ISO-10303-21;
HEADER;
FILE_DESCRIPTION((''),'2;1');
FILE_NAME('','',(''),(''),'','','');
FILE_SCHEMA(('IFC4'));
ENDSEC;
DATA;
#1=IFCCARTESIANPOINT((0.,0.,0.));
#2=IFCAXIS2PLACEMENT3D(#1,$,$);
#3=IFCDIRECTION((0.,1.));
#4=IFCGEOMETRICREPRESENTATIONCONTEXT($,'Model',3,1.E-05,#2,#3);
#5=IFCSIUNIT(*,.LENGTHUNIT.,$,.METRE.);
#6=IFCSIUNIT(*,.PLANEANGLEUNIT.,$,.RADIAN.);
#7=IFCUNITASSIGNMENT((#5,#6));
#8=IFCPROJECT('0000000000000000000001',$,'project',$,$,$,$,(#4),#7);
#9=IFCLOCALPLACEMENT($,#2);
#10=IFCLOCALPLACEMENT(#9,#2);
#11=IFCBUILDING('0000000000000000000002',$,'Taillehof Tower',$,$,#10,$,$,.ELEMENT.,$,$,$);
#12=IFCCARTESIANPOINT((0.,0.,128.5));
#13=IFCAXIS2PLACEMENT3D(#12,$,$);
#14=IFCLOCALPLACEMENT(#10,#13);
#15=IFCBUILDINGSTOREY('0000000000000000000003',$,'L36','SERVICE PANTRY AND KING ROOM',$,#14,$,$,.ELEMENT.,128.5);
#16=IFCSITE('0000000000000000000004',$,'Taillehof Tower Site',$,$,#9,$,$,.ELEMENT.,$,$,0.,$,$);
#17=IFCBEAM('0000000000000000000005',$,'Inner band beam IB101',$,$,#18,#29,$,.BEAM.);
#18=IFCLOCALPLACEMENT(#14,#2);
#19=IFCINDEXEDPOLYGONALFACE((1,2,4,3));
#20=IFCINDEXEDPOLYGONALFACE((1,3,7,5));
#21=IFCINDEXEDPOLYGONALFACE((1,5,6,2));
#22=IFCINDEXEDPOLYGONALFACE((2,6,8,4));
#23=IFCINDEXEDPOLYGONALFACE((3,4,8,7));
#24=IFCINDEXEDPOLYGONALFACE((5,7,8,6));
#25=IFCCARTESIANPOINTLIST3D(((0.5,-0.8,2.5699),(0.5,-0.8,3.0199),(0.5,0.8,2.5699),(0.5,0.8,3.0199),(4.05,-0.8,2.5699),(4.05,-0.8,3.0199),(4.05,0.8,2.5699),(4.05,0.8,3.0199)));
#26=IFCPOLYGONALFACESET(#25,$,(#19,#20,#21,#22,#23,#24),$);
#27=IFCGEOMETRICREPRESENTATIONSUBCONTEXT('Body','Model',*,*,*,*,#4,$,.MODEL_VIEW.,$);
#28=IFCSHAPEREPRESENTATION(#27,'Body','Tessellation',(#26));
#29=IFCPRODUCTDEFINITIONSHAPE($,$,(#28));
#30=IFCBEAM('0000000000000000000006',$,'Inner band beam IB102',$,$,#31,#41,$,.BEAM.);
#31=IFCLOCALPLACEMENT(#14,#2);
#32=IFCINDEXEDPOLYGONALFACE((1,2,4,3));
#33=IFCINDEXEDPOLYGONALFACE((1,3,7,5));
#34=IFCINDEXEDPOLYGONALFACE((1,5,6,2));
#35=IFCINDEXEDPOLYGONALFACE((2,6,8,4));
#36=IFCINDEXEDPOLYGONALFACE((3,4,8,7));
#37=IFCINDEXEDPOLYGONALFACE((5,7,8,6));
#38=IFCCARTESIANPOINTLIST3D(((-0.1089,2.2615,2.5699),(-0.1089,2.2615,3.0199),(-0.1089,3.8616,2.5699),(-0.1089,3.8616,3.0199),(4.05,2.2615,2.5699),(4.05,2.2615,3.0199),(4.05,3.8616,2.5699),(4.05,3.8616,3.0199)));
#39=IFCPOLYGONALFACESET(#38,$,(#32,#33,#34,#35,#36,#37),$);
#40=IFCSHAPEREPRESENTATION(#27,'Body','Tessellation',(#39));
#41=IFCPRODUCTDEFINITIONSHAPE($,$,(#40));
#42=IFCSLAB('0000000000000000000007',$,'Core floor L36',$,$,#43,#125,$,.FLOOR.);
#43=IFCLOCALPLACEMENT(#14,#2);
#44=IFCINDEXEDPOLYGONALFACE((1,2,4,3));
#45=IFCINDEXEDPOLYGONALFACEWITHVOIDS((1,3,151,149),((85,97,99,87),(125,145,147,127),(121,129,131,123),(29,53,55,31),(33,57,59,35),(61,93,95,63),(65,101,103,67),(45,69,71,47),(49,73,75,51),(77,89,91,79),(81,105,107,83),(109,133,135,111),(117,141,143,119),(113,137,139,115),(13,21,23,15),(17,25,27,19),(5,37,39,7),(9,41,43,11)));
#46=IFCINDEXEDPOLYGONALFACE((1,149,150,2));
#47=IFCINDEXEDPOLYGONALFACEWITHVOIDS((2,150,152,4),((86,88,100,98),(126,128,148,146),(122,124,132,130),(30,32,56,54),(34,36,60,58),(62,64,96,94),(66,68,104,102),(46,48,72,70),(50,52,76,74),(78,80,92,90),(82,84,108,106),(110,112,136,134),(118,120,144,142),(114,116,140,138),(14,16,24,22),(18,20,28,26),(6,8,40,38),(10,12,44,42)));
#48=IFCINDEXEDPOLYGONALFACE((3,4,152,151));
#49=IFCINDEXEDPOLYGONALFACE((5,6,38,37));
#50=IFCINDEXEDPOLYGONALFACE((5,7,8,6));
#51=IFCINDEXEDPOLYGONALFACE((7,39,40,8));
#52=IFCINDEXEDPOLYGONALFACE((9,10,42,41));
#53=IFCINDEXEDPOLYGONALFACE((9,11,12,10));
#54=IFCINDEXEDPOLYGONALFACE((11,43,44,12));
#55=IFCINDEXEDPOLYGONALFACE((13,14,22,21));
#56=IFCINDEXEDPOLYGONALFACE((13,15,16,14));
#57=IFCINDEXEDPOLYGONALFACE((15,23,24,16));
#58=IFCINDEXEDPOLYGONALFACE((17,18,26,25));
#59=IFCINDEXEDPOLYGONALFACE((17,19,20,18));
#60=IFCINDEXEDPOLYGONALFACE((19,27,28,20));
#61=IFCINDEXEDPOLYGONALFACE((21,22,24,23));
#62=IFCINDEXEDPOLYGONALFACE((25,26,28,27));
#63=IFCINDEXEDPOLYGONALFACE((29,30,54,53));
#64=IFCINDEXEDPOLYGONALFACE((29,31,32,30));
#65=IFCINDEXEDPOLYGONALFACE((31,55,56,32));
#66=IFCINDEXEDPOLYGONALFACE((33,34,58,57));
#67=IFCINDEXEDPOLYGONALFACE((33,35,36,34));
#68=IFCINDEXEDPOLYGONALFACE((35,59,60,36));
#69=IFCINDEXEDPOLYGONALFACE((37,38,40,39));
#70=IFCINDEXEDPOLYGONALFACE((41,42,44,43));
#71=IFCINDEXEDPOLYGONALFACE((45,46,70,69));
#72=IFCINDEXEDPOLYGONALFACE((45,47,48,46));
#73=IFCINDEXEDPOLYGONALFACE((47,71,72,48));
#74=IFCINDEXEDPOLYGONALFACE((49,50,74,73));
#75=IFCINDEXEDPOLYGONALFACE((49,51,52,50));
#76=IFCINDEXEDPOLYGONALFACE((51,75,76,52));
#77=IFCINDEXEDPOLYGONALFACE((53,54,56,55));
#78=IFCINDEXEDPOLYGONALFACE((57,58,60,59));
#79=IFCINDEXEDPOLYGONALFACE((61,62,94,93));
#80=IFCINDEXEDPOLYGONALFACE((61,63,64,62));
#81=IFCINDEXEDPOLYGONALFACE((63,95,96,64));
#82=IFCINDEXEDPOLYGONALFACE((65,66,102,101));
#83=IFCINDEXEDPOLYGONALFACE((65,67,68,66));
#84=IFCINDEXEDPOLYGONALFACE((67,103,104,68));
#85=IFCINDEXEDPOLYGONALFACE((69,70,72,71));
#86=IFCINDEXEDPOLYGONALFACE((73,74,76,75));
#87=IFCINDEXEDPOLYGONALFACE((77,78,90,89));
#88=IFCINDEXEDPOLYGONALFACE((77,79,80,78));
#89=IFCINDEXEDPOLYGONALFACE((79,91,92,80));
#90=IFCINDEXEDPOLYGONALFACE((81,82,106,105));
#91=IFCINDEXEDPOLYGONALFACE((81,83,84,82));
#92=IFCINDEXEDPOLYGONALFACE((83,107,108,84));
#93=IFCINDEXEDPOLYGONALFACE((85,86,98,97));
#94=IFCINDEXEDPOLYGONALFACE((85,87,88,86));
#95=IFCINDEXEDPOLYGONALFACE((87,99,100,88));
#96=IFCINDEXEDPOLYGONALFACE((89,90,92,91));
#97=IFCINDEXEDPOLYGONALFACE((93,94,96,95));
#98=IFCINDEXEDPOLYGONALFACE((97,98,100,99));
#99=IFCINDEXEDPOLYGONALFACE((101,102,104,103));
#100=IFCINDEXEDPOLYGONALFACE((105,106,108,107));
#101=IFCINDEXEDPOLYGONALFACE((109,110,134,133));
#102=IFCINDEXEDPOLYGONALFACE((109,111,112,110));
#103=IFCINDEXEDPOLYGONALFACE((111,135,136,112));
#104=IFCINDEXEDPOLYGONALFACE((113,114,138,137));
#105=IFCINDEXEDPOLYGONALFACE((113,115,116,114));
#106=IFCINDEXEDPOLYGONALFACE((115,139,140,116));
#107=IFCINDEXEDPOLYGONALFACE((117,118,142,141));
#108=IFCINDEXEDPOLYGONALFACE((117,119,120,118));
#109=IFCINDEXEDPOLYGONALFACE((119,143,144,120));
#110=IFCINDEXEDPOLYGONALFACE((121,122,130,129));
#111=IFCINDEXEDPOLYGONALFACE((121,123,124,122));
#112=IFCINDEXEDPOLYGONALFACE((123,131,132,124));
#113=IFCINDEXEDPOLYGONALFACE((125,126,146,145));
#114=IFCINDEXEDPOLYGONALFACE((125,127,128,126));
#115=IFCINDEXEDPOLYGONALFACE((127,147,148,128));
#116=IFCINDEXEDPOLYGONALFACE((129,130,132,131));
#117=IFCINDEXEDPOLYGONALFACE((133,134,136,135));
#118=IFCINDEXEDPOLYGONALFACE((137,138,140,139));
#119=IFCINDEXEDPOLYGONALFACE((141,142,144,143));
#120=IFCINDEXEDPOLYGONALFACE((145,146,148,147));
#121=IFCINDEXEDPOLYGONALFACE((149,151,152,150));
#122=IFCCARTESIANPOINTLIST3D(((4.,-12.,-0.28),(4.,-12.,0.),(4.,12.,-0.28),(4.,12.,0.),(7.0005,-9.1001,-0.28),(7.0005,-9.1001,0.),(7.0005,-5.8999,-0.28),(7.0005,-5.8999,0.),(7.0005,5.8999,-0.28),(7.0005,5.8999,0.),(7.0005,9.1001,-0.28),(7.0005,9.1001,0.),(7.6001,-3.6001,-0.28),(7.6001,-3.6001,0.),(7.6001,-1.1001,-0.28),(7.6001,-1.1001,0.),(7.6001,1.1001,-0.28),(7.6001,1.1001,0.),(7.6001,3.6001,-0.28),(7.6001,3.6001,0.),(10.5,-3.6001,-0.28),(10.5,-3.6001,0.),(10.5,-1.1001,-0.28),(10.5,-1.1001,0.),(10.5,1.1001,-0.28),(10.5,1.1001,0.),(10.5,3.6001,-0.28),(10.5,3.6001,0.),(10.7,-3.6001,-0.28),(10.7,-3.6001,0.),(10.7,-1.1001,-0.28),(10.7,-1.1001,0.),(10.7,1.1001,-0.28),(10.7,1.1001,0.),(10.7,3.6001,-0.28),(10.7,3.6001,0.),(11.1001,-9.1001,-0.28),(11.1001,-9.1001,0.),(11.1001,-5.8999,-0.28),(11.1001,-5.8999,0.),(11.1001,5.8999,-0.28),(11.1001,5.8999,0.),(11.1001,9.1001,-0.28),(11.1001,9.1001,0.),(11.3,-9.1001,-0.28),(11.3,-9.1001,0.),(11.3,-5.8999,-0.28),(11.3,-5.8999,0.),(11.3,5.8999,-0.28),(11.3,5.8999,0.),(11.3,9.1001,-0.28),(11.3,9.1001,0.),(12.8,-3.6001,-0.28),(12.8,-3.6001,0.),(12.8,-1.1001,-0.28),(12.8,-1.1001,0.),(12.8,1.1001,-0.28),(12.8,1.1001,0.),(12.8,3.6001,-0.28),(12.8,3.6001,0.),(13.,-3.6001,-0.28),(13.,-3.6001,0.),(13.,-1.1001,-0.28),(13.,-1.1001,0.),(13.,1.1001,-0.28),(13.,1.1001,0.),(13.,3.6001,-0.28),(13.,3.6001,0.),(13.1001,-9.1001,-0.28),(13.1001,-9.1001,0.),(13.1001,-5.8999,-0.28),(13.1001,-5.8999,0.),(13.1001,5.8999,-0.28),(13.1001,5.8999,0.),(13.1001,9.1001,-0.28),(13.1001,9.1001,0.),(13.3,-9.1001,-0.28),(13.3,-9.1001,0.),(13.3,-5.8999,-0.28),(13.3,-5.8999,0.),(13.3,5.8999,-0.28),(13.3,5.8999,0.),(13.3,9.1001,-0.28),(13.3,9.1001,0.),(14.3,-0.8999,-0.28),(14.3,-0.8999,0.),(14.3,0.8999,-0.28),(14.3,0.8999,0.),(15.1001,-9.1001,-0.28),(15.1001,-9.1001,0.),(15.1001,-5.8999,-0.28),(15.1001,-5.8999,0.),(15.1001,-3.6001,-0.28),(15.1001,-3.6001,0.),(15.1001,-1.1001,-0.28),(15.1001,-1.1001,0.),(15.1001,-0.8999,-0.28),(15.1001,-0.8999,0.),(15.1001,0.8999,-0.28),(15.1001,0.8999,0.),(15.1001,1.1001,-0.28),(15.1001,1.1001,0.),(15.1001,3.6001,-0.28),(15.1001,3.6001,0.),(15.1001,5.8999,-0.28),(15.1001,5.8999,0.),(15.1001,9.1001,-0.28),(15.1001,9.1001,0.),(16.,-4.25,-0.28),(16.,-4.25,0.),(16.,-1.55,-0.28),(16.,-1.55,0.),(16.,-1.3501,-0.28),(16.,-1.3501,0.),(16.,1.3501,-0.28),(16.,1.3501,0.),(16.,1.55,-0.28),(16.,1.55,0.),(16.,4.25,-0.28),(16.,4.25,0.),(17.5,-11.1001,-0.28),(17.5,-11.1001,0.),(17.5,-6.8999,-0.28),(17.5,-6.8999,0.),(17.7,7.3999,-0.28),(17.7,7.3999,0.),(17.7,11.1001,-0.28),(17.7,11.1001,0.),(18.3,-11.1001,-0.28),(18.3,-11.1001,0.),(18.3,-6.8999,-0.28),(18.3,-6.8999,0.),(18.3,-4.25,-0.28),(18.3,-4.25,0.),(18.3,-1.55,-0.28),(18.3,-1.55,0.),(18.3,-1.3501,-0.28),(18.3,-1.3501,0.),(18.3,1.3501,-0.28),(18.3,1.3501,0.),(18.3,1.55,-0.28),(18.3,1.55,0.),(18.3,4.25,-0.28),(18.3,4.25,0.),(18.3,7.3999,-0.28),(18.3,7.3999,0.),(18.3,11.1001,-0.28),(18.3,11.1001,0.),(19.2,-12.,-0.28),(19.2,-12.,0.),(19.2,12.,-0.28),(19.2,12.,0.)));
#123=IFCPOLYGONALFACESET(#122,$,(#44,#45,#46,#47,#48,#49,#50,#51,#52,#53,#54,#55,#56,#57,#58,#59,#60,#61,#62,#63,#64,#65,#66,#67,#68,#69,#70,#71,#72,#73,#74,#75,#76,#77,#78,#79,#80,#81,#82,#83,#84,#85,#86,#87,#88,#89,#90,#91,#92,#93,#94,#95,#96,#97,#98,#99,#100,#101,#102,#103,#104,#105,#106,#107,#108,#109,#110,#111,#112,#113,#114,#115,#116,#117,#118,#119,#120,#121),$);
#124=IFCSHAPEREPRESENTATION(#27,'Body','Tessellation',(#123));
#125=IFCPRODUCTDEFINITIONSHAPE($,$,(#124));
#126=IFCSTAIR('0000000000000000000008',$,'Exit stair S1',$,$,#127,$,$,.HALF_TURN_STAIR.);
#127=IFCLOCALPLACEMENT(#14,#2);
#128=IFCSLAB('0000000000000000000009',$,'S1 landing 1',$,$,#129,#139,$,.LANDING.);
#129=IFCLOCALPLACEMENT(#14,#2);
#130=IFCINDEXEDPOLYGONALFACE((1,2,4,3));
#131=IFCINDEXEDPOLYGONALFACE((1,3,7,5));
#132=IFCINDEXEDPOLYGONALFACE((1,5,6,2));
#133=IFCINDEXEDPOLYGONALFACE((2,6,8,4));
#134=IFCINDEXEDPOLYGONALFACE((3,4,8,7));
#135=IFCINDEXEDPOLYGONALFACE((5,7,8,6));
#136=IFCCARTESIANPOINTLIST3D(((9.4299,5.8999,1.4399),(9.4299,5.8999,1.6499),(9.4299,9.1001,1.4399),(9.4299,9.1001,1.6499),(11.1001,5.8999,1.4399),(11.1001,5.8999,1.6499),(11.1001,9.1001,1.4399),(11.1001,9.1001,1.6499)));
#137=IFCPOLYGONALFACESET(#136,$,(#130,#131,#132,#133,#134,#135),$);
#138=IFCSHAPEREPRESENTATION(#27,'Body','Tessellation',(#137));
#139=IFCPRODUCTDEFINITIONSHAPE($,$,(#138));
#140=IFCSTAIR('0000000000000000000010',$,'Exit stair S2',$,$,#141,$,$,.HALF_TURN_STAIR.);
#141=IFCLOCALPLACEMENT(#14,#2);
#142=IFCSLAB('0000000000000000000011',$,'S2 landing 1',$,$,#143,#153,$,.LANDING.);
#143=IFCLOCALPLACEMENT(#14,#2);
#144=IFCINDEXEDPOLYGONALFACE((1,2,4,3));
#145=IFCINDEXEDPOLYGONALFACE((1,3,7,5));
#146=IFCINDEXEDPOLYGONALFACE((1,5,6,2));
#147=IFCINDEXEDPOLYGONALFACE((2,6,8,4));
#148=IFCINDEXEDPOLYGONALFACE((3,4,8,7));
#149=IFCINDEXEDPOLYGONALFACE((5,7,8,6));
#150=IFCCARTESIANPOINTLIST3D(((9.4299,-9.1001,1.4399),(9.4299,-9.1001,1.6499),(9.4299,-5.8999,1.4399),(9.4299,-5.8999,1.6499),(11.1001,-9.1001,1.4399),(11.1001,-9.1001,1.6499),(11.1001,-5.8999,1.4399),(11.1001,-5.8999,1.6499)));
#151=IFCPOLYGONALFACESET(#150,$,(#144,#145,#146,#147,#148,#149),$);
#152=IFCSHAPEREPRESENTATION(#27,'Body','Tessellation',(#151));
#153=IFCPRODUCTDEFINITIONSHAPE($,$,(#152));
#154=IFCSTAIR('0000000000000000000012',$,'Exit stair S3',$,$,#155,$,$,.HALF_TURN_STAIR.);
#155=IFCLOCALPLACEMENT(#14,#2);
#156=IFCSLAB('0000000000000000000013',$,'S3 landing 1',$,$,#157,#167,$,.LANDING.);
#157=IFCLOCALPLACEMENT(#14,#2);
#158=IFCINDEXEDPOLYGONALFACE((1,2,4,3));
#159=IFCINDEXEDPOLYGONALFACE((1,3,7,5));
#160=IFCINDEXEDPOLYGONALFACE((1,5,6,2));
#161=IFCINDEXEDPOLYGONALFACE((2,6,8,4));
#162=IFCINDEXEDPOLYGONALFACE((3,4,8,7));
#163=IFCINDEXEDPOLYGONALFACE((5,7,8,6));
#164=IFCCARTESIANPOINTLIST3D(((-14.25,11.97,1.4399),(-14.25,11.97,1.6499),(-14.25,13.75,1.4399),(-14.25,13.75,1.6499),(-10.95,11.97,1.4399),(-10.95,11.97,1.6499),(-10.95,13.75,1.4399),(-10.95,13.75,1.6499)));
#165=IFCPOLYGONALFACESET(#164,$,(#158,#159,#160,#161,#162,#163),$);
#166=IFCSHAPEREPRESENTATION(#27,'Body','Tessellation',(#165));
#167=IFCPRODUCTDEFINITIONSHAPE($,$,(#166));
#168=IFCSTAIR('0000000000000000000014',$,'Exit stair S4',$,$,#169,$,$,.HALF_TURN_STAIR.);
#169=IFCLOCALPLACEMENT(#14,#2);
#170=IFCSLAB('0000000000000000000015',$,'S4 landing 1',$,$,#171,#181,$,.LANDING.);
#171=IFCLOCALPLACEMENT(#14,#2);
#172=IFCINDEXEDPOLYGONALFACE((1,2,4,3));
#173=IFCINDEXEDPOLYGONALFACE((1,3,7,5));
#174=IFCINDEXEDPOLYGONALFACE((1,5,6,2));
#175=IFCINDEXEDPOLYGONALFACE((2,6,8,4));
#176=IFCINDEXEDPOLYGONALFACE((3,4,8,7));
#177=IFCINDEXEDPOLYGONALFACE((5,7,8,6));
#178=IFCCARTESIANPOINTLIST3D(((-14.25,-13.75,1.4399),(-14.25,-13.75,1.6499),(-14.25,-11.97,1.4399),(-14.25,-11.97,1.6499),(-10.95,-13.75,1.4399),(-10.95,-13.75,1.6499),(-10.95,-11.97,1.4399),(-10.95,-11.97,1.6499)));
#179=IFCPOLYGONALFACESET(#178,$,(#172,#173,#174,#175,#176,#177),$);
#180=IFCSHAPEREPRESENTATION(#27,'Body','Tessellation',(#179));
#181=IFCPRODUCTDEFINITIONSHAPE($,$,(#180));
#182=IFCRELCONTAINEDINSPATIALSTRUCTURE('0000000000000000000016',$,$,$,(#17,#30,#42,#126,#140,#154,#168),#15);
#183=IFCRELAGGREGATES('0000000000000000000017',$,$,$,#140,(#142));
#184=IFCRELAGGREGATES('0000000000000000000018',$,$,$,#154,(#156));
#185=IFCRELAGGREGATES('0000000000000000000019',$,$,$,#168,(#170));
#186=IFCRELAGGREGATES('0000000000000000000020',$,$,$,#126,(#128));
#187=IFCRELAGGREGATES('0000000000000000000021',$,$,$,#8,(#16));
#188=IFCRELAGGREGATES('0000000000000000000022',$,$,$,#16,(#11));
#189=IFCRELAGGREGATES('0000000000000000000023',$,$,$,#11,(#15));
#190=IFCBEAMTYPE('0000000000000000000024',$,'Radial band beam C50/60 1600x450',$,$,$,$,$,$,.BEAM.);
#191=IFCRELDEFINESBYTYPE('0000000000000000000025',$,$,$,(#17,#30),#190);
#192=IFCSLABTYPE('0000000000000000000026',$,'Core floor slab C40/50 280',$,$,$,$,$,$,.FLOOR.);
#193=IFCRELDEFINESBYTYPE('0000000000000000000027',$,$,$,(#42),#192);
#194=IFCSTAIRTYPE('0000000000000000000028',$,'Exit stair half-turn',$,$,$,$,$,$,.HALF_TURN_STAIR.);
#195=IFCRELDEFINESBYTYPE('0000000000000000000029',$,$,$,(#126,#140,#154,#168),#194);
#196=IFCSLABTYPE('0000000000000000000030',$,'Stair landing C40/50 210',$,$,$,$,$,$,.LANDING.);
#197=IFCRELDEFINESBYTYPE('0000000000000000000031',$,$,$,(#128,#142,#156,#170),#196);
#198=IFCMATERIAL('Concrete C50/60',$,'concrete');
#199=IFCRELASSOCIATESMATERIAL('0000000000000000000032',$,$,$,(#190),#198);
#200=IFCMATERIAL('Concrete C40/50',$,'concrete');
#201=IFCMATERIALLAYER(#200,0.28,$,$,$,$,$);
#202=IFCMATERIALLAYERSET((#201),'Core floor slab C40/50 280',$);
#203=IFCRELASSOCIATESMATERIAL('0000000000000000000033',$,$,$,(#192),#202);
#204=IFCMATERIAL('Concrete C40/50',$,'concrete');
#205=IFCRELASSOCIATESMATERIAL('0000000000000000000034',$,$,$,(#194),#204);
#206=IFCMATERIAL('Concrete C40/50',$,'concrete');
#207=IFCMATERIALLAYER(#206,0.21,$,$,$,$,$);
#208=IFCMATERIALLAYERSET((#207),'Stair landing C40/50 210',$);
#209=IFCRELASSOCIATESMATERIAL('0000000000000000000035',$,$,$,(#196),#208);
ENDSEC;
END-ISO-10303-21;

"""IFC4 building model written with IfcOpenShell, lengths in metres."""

from ifc_helpers import new_model, si_unit, direction, frame, origin, origin_2d, place, context, subcontext, project, spatial, polyline, rectangle, outline, extrude, material, layer, layer_set, material_profile, profile_set, type_object, element, aggregate, save


model = new_model("IFC4")

# Units and contexts
model_context = context("Model", 3, precision=1e-05, world=origin(), true_north=direction((0.0, 1.0)))
body_context = subcontext(model_context, "Body", "Model", "MODEL_VIEW")
ifc_project = project(units=[si_unit("LENGTHUNIT", "METRE"), si_unit("PLANEANGLEUNIT", "RADIAN")], contexts=[model_context])

# Site, building, storey
site_placement = place(None, origin())
site = spatial("IfcSite", under=ifc_project, at=site_placement, Name="Taillehof Tower Site", CompositionType="ELEMENT", RefElevation=0.0)
building_placement = place(site_placement, origin())
building = spatial("IfcBuilding", under=site, at=building_placement, Name="Taillehof Tower", CompositionType="ELEMENT")
storey_placement = place(building_placement, frame((0.0, 0.0, 128.5)))
storey = spatial("IfcBuildingStorey", under=building, at=storey_placement, Name="L36", Description="SERVICE PANTRY AND KING ROOM", CompositionType="ELEMENT", Elevation=128.5)

# Beams
ifc_material_1 = material(Name="Concrete C50/60", Category="concrete")
ifc_material_profile = material_profile(ifc_material_1, rectangle(XDim=1.6001, YDim=0.45, at=origin_2d()), Name="RC 1600x450")
ifc_profile_set = profile_set([ifc_material_profile], Name="Concrete C50/60")
beam_type = type_object("IfcBeamType", Name="Radial band beam C50/60 1600x450", PredefinedType="BEAM", material=ifc_profile_set)
beam_1_placement = place(storey_placement, frame((0.5, 0.0, 2.7949), z_axis=(1.0, 0.0, 0.0), x_axis=(0.0, 1.0, 0.0)))
element("IfcBeam", 1, at=beam_1_placement, inside=storey, type_object=beam_type, Name="Inner band beam IB101", PredefinedType="BEAM", context=body_context, shape_type="SweptSolid", body=[
    extrude(rectangle(XDim=1.6001, YDim=0.45, at=origin_2d()), origin(), (0.0, 0.0, 1.0), 3.55),
])
beam_2_placement = place(storey_placement, frame((-0.1089, 3.0615, 2.7949), z_axis=(1.0, 0.0, 0.0), x_axis=(0.0, 1.0, 0.0)))
element("IfcBeam", 2, at=beam_2_placement, inside=storey, type_object=beam_type, Name="Inner band beam IB102", PredefinedType="BEAM", context=body_context, shape_type="SweptSolid", body=[
    extrude(rectangle(XDim=1.6001, YDim=0.45, at=origin_2d()), origin(), (0.0, 0.0, 1.0), 4.1589),
])

# Slab
ifc_material_2 = material(Name="Concrete C40/50", Category="concrete")
ifc_layer_1 = layer(ifc_material_2, 0.28)
ifc_layer_set_1 = layer_set([ifc_layer_1], Name="Core floor slab C40/50 280")
slab_type_1 = type_object("IfcSlabType", Name="Core floor slab C40/50 280", PredefinedType="FLOOR", material=ifc_layer_set_1)
slab_1_placement = place(storey_placement, frame((0.0, 0.0, -0.28)))
element("IfcSlab", 3, at=slab_1_placement, inside=storey, type_object=slab_type_1, Name="Core floor L36", PredefinedType="FLOOR", context=body_context, shape_type="SweptSolid", body=[
    extrude(outline(polyline([(4.0, -12.0), (4.0, 12.0), (19.2, 12.0), (19.2, -12.0), (4.0, -12.0)]), holes=[polyline([(7.0005, -9.1001), (11.1001, -9.1001), (11.1001, -5.8999), (7.0005, -5.8999), (7.0005, -9.1001)]), polyline([(13.1001, -9.1001), (13.1001, -5.8999), (11.3, -5.8999), (11.3, -9.1001), (13.1001, -9.1001)]), polyline([(10.5, -3.6001), (10.5, -1.1001), (7.6001, -1.1001), (7.6001, -3.6001), (10.5, -3.6001)]), polyline([(12.8, -3.6001), (12.8, -1.1001), (10.7, -1.1001), (10.7, -3.6001), (12.8, -3.6001)]), polyline([(10.5, 1.1001), (10.5, 3.6001), (7.6001, 3.6001), (7.6001, 1.1001), (10.5, 1.1001)]), polyline([(12.8, 1.1001), (12.8, 3.6001), (10.7, 3.6001), (10.7, 1.1001), (12.8, 1.1001)]), polyline([(15.1001, 1.1001), (15.1001, 3.6001), (13.0, 3.6001), (13.0, 1.1001), (15.1001, 1.1001)]), polyline([(11.3, 5.8999), (13.1001, 5.8999), (13.1001, 9.1001), (11.3, 9.1001), (11.3, 5.8999)]), polyline([(7.0005, 5.8999), (11.1001, 5.8999), (11.1001, 9.1001), (7.0005, 9.1001), (7.0005, 5.8999)]), polyline([(18.3, -11.1001), (18.3, -6.8999), (17.5, -6.8999), (17.5, -11.1001), (18.3, -11.1001)]), polyline([(15.1001, -9.1001), (15.1001, -5.8999), (13.3, -5.8999), (13.3, -9.1001), (15.1001, -9.1001)]), polyline([(18.3, -4.25), (18.3, -1.55), (16.0, -1.55), (16.0, -4.25), (18.3, -4.25)]), polyline([(15.1001, -3.6001), (15.1001, -1.1001), (13.0, -1.1001), (13.0, -3.6001), (15.1001, -3.6001)]), polyline([(15.1001, -0.8999), (15.1001, 0.8999), (14.3, 0.8999), (14.3, -0.8999), (15.1001, -0.8999)]), polyline([(18.3, -1.3501), (18.3, 1.3501), (16.0, 1.3501), (16.0, -1.3501), (18.3, -1.3501)]), polyline([(18.3, 1.55), (18.3, 4.25), (16.0, 4.25), (16.0, 1.55), (18.3, 1.55)]), polyline([(13.3, 5.8999), (15.1001, 5.8999), (15.1001, 9.1001), (13.3, 9.1001), (13.3, 5.8999)]), polyline([(18.3, 7.3999), (18.3, 11.1001), (17.7, 11.1001), (17.7, 7.3999), (18.3, 7.3999)])]), origin(), (0.0, 0.0, 1.0), 0.28),
])

# Stairs, slabs
ifc_material_3 = material(Name="Concrete C40/50", Category="concrete")
stair_type = type_object("IfcStairType", Name="Exit stair half-turn", PredefinedType="HALF_TURN_STAIR", material=ifc_material_3)
stair_1_placement = place(storey_placement, origin())
stair_1 = element("IfcStair", 4, at=stair_1_placement, inside=storey, type_object=stair_type, Name="Exit stair S1", PredefinedType="HALF_TURN_STAIR")
ifc_material_4 = material(Name="Concrete C40/50", Category="concrete")
ifc_layer_2 = layer(ifc_material_4, 0.21)
ifc_layer_set_2 = layer_set([ifc_layer_2], Name="Stair landing C40/50 210")
slab_type_2 = type_object("IfcSlabType", Name="Stair landing C40/50 210", PredefinedType="LANDING", material=ifc_layer_set_2)
slab_2_placement = place(storey_placement, frame((0.0, 0.0, 1.4399)))
slab_2 = element("IfcSlab", 5, at=slab_2_placement, type_object=slab_type_2, Name="S1 landing 1", PredefinedType="LANDING", context=body_context, shape_type="SweptSolid", body=[
    extrude(outline(polyline([(9.4299, 5.8999), (11.1001, 5.8999), (11.1001, 9.1001), (9.4299, 9.1001), (9.4299, 5.8999)])), origin(), (0.0, 0.0, 1.0), 0.21),
])
stair_2_placement = place(storey_placement, origin())
stair_2 = element("IfcStair", 6, at=stair_2_placement, inside=storey, type_object=stair_type, Name="Exit stair S2", PredefinedType="HALF_TURN_STAIR")
slab_3_placement = place(storey_placement, frame((0.0, 0.0, 1.4399)))
slab_3 = element("IfcSlab", 7, at=slab_3_placement, type_object=slab_type_2, Name="S2 landing 1", PredefinedType="LANDING", context=body_context, shape_type="SweptSolid", body=[
    extrude(outline(polyline([(9.4299, -5.8999), (11.1001, -5.8999), (11.1001, -9.1001), (9.4299, -9.1001), (9.4299, -5.8999)])), origin(), (0.0, 0.0, 1.0), 0.21),
])
aggregate(stair_2, [slab_3])
stair_3_placement = place(storey_placement, origin())
stair_3 = element("IfcStair", 8, at=stair_3_placement, inside=storey, type_object=stair_type, Name="Exit stair S3", PredefinedType="HALF_TURN_STAIR")
slab_4_placement = place(storey_placement, frame((0.0, 0.0, 1.4399)))
slab_4 = element("IfcSlab", 9, at=slab_4_placement, type_object=slab_type_2, Name="S3 landing 1", PredefinedType="LANDING", context=body_context, shape_type="SweptSolid", body=[
    extrude(outline(polyline([(-14.25, 11.97), (-14.25, 13.75), (-10.95, 13.75), (-10.95, 11.97), (-14.25, 11.97)])), origin(), (0.0, 0.0, 1.0), 0.21),
])
aggregate(stair_3, [slab_4])
stair_4_placement = place(storey_placement, origin())
stair_4 = element("IfcStair", 10, at=stair_4_placement, inside=storey, type_object=stair_type, Name="Exit stair S4", PredefinedType="HALF_TURN_STAIR")
slab_5_placement = place(storey_placement, frame((0.0, 0.0, 1.4399)))
slab_5 = element("IfcSlab", 11, at=slab_5_placement, type_object=slab_type_2, Name="S4 landing 1", PredefinedType="LANDING", context=body_context, shape_type="SweptSolid", body=[
    extrude(outline(polyline([(-14.25, -11.97), (-14.25, -13.75), (-10.95, -13.75), (-10.95, -11.97), (-14.25, -11.97)])), origin(), (0.0, 0.0, 1.0), 0.21),
])
aggregate(stair_4, [slab_5])

aggregate(stair_1, [slab_2])

save(model, "model.ifc")
